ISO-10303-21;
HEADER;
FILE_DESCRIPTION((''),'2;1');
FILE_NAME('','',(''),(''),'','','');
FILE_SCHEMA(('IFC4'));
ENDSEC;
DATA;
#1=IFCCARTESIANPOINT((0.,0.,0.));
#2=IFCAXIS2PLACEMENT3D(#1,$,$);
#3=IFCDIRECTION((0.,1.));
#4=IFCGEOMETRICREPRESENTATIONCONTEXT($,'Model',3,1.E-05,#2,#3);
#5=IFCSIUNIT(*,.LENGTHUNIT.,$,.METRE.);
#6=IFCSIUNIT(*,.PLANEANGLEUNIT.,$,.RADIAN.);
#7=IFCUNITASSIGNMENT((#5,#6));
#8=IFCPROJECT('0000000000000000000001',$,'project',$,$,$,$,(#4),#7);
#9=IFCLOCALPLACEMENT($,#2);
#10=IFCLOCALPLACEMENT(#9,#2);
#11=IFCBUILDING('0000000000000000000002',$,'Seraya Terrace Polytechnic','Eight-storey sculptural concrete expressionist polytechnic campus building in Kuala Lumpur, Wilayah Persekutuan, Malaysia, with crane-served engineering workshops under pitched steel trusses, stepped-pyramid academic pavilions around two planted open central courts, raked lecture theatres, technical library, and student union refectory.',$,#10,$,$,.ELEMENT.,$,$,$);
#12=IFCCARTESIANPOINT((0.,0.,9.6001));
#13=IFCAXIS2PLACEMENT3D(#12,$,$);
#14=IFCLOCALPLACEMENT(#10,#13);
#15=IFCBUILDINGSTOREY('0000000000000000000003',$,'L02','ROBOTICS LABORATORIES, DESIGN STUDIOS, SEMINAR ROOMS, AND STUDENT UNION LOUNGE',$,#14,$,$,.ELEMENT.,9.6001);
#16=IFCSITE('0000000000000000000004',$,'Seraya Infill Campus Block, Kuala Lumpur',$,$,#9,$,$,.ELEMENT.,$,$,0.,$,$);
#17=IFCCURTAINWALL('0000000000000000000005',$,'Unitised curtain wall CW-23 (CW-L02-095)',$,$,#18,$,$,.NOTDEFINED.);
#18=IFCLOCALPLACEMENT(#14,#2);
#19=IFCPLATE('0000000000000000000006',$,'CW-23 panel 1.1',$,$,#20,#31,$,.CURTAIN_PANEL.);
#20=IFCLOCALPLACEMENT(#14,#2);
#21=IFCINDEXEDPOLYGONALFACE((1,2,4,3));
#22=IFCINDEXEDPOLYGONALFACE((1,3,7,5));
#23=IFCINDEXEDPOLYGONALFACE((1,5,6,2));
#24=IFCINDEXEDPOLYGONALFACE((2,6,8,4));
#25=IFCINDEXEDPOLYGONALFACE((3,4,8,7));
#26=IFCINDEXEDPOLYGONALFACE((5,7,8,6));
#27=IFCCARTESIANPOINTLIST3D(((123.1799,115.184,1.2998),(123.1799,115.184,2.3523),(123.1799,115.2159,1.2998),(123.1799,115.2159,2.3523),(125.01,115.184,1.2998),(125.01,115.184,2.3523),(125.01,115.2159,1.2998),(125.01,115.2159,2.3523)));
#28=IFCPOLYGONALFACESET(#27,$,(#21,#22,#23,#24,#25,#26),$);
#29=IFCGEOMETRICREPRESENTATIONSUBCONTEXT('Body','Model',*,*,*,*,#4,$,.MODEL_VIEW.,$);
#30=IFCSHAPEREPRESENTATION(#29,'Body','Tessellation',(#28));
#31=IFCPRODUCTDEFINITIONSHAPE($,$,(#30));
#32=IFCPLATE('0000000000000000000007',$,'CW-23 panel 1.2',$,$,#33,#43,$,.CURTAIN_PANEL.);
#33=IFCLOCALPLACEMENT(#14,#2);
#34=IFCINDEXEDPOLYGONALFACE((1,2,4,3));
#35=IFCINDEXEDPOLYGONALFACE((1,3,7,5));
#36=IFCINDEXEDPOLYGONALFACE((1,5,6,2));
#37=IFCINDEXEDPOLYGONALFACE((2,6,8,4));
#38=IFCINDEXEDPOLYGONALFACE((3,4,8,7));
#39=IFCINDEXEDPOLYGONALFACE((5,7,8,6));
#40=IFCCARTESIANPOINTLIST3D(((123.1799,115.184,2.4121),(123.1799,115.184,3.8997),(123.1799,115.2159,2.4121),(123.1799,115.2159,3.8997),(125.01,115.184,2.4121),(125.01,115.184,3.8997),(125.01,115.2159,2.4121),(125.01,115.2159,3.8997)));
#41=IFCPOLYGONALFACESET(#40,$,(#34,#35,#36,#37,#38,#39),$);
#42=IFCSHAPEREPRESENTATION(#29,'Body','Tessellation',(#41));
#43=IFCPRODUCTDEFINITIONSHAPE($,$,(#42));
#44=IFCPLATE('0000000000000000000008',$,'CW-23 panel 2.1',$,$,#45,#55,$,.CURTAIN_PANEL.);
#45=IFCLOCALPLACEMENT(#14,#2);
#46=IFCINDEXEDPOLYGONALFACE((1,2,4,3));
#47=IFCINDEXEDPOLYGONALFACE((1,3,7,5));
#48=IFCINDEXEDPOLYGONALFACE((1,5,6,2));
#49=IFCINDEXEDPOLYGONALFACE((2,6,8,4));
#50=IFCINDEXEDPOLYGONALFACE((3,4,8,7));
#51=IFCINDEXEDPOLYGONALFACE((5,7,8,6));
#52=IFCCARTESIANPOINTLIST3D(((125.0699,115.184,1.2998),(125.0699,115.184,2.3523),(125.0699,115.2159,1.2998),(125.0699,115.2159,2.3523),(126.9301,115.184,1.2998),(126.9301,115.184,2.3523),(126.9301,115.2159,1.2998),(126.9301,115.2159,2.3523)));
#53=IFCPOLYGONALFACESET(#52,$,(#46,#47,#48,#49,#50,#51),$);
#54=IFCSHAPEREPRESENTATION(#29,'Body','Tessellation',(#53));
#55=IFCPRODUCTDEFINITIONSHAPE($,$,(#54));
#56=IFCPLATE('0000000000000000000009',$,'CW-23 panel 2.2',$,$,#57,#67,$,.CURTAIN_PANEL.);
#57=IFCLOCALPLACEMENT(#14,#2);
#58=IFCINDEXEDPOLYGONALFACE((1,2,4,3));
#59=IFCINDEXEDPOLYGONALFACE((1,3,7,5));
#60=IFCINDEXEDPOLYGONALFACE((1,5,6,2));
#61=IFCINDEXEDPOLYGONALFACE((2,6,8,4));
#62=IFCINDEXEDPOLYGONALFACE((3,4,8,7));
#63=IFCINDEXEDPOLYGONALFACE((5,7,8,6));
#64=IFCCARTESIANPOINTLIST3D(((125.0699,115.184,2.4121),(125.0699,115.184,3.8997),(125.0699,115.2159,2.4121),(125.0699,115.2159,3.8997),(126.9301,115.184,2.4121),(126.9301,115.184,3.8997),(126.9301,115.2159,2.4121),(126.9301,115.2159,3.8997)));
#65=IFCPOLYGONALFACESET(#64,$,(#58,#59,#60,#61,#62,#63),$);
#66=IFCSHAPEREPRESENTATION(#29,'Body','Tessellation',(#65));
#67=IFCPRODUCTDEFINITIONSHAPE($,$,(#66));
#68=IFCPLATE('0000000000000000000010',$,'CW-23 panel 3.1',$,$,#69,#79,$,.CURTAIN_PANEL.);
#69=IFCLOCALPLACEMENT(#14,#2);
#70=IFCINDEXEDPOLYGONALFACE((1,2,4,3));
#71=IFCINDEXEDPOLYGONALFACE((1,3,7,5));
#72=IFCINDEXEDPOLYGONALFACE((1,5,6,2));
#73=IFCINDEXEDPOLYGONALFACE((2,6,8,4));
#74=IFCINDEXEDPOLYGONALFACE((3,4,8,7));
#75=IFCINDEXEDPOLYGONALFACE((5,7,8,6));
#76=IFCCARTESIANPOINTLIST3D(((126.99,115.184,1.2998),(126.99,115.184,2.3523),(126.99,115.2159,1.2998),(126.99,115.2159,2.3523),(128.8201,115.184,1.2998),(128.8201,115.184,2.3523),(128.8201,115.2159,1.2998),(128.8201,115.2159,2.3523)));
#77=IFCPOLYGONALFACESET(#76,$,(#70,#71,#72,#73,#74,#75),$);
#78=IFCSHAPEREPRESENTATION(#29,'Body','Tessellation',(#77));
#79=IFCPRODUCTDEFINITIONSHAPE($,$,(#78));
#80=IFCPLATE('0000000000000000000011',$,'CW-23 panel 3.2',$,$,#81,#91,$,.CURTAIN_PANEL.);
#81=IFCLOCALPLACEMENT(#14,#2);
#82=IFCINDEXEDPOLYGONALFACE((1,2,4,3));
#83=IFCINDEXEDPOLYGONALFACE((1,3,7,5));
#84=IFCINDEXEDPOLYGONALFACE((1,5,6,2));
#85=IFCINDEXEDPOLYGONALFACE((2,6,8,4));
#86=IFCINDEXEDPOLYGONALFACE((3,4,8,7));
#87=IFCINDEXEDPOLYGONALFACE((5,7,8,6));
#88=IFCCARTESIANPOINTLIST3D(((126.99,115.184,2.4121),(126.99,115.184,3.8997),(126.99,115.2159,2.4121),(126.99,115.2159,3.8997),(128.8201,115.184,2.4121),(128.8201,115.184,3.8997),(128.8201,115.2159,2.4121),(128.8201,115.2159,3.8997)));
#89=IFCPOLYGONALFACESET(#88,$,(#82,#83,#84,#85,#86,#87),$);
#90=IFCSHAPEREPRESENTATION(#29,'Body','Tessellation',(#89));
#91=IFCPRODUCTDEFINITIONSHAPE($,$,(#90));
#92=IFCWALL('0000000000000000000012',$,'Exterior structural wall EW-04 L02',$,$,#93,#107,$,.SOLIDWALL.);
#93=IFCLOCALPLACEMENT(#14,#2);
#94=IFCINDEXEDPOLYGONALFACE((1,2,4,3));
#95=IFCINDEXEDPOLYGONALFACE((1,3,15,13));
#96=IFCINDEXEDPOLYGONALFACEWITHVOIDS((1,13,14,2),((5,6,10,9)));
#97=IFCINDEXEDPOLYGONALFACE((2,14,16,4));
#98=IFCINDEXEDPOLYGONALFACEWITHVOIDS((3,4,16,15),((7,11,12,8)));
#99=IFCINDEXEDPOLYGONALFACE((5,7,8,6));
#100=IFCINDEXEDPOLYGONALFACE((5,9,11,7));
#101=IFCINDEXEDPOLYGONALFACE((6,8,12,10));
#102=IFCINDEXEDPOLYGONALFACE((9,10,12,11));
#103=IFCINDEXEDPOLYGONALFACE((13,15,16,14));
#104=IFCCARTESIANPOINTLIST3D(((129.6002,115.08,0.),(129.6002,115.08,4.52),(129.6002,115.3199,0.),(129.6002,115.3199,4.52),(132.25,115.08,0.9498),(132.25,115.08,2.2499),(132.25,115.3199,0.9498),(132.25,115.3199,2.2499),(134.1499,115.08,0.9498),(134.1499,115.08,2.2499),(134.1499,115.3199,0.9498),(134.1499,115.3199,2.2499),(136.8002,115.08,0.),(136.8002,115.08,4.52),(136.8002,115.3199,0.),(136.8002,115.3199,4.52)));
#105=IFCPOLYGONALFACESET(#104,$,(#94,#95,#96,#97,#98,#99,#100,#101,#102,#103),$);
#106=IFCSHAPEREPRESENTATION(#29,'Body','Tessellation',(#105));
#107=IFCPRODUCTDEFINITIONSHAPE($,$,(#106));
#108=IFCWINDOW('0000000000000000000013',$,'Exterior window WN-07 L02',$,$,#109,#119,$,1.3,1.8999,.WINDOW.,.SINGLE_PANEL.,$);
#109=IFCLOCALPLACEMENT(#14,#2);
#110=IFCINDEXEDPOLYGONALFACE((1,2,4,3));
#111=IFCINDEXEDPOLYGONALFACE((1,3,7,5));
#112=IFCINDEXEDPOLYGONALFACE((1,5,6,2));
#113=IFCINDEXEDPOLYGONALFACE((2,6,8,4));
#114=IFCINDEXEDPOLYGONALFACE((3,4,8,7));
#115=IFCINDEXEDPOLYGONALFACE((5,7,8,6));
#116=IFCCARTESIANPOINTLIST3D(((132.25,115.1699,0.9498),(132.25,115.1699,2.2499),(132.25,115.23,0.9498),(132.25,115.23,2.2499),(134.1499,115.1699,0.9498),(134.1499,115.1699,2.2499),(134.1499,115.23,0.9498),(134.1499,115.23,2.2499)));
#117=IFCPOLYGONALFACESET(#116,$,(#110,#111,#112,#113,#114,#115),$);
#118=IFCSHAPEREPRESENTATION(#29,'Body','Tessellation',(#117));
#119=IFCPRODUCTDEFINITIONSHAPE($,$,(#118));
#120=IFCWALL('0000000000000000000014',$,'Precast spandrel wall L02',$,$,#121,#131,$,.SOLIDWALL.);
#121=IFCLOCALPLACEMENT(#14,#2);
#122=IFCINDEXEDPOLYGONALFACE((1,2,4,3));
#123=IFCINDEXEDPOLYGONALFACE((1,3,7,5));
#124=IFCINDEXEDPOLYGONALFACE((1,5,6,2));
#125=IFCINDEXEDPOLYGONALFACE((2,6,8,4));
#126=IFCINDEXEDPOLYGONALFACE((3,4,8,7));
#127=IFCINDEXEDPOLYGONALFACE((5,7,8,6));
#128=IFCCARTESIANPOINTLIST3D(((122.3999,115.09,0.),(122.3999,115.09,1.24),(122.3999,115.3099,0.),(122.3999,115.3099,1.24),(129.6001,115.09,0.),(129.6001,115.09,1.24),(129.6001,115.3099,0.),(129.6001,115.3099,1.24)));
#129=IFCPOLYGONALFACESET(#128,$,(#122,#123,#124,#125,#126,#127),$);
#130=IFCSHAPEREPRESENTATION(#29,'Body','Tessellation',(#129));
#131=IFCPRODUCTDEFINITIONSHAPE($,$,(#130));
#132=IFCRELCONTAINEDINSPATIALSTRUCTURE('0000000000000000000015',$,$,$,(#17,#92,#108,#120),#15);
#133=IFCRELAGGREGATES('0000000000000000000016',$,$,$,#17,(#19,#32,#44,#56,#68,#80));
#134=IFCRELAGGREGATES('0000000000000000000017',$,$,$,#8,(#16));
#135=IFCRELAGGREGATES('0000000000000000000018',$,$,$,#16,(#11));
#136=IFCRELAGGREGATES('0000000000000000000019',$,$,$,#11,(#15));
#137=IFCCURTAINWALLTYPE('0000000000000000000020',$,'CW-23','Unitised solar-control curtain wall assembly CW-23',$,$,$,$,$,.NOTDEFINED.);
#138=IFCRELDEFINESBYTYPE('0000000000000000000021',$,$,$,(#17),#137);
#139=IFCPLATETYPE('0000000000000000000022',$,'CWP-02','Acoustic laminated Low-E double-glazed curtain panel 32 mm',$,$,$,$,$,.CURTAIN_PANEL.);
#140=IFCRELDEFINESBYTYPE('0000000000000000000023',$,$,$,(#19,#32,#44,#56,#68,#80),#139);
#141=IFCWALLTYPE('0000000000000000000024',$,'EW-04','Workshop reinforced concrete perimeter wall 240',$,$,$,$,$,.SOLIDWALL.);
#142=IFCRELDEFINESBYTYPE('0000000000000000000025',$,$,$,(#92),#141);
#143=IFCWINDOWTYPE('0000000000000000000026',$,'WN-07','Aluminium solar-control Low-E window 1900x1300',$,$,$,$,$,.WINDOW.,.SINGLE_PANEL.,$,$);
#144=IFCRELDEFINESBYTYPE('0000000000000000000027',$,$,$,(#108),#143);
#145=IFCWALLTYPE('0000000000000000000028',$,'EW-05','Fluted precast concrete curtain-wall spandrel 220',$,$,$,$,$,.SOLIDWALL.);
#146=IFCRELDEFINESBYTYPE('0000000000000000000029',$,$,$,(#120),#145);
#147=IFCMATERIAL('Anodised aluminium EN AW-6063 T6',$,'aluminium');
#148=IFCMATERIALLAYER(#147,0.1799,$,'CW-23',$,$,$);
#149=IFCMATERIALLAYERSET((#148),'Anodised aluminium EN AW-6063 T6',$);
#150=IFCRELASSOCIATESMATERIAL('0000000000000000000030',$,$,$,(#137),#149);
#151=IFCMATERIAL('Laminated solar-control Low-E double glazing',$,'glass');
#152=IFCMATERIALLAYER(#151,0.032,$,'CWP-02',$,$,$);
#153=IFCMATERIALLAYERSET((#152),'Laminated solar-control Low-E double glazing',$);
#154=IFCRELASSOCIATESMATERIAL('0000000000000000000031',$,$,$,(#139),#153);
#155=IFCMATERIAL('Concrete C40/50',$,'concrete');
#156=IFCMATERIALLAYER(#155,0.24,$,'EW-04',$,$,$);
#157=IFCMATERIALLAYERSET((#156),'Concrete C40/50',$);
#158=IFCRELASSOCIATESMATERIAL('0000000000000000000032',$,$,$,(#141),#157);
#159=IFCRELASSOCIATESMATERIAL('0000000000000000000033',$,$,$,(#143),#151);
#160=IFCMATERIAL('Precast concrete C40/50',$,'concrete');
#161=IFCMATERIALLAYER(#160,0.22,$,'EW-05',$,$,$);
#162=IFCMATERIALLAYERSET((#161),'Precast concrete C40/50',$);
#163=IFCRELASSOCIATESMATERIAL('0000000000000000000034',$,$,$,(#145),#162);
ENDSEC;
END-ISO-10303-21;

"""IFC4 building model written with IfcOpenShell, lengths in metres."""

from ifc_helpers import new_model, si_unit, direction, frame, frame_2d, origin, origin_2d, place, context, subcontext, project, spatial, rectangle, extrude, material, layer, layer_set, type_object, element, fill, aggregate, save


model = new_model("IFC4")

# Units and contexts
model_context = context("Model", 3, precision=1e-05, world=origin(), true_north=direction((0.0, 1.0)))
body_context = subcontext(model_context, "Body", "Model", "MODEL_VIEW")
ifc_project = project(units=[si_unit("LENGTHUNIT", "METRE"), si_unit("PLANEANGLEUNIT", "RADIAN")], contexts=[model_context])

# Site, building, storey
site_placement = place(None, origin())
site = spatial("IfcSite", under=ifc_project, at=site_placement, Name="Seraya Infill Campus Block, Kuala Lumpur", CompositionType="ELEMENT", RefElevation=0.0)
building_placement = place(site_placement, origin())
building = spatial("IfcBuilding", under=site, at=building_placement, Name="Seraya Terrace Polytechnic", Description="Eight-storey sculptural concrete expressionist polytechnic campus building in Kuala Lumpur, Wilayah Persekutuan, Malaysia, with crane-served engineering workshops under pitched steel trusses, stepped-pyramid academic pavilions around two planted open central courts, raked lecture theatres, technical library, and student union refectory.", CompositionType="ELEMENT")
storey_placement = place(building_placement, frame((0.0, 0.0, 9.6001)))
storey = spatial("IfcBuildingStorey", under=building, at=storey_placement, Name="L02", Description="ROBOTICS LABORATORIES, DESIGN STUDIOS, SEMINAR ROOMS, AND STUDENT UNION LOUNGE", CompositionType="ELEMENT", Elevation=9.6001)

# Shared definitions
ifc_material_1 = material(Name="Concrete C40/50", Category="concrete")

# Curtain wall
ifc_material_2 = material(Name="Anodised aluminium EN AW-6063 T6", Category="aluminium")
ifc_layer_1 = layer(ifc_material_2, 0.1799, Name="CW-23")
ifc_layer_set_1 = layer_set([ifc_layer_1], Name="Anodised aluminium EN AW-6063 T6")
curtain_wall_type = type_object("IfcCurtainWallType", Name="CW-23", Description="Unitised solar-control curtain wall assembly CW-23", PredefinedType="NOTDEFINED", material=ifc_layer_set_1)
curtain_wall_placement = place(storey_placement, origin())
curtain_wall = element("IfcCurtainWall", 1, at=curtain_wall_placement, inside=storey, type_object=curtain_wall_type, Name="Unitised curtain wall CW-23 (CW-L02-095)", PredefinedType="NOTDEFINED")

# Plates
ifc_material_3 = material(Name="Laminated solar-control Low-E double glazing", Category="glass")
ifc_layer_2 = layer(ifc_material_3, 0.032, Name="CWP-02")
ifc_layer_set_2 = layer_set([ifc_layer_2], Name="Laminated solar-control Low-E double glazing")
plate_type = type_object("IfcPlateType", Name="CWP-02", Description="Acoustic laminated Low-E double-glazed curtain panel 32 mm", PredefinedType="CURTAIN_PANEL", material=ifc_layer_set_2)
plate_1_placement = place(storey_placement, frame((124.095, 115.2, 1.2998), z_axis=(0.0, 0.0, 1.0), x_axis=(1.0, 0.0, 0.0)))
plate_1 = element("IfcPlate", 2, at=plate_1_placement, type_object=plate_type, Name="CW-23 panel 1.1", PredefinedType="CURTAIN_PANEL", context=body_context, shape_type="SweptSolid", body=[
    extrude(rectangle(XDim=1.8301, YDim=0.032, at=origin_2d()), origin(), (0.0, 0.0, 1.0), 1.0525),
])
plate_2_placement = place(storey_placement, frame((124.095, 115.2, 2.4121), z_axis=(0.0, 0.0, 1.0), x_axis=(1.0, 0.0, 0.0)))
plate_2 = element("IfcPlate", 3, at=plate_2_placement, type_object=plate_type, Name="CW-23 panel 1.2", PredefinedType="CURTAIN_PANEL", context=body_context, shape_type="SweptSolid", body=[
    extrude(rectangle(XDim=1.8301, YDim=0.032, at=origin_2d()), origin(), (0.0, 0.0, 1.0), 1.4875),
])
plate_3_placement = place(storey_placement, frame((126.0, 115.2, 1.2998), z_axis=(0.0, 0.0, 1.0), x_axis=(1.0, 0.0, 0.0)))
plate_3 = element("IfcPlate", 4, at=plate_3_placement, type_object=plate_type, Name="CW-23 panel 2.1", PredefinedType="CURTAIN_PANEL", context=body_context, shape_type="SweptSolid", body=[
    extrude(rectangle(XDim=1.8601, YDim=0.032, at=origin_2d()), origin(), (0.0, 0.0, 1.0), 1.0525),
])
plate_4_placement = place(storey_placement, frame((126.0, 115.2, 2.4121), z_axis=(0.0, 0.0, 1.0), x_axis=(1.0, 0.0, 0.0)))
plate_4 = element("IfcPlate", 5, at=plate_4_placement, type_object=plate_type, Name="CW-23 panel 2.2", PredefinedType="CURTAIN_PANEL", context=body_context, shape_type="SweptSolid", body=[
    extrude(rectangle(XDim=1.8601, YDim=0.032, at=origin_2d()), origin(), (0.0, 0.0, 1.0), 1.4875),
])
plate_5_placement = place(storey_placement, frame((127.905, 115.2, 1.2998), z_axis=(0.0, 0.0, 1.0), x_axis=(1.0, 0.0, 0.0)))
plate_5 = element("IfcPlate", 6, at=plate_5_placement, type_object=plate_type, Name="CW-23 panel 3.1", PredefinedType="CURTAIN_PANEL", context=body_context, shape_type="SweptSolid", body=[
    extrude(rectangle(XDim=1.8301, YDim=0.032, at=origin_2d()), origin(), (0.0, 0.0, 1.0), 1.0525),
])
plate_6_placement = place(storey_placement, frame((127.905, 115.2, 2.4121), z_axis=(0.0, 0.0, 1.0), x_axis=(1.0, 0.0, 0.0)))
plate_6 = element("IfcPlate", 7, at=plate_6_placement, type_object=plate_type, Name="CW-23 panel 3.2", PredefinedType="CURTAIN_PANEL", context=body_context, shape_type="SweptSolid", body=[
    extrude(rectangle(XDim=1.8301, YDim=0.032, at=origin_2d()), origin(), (0.0, 0.0, 1.0), 1.4875),
])
aggregate(curtain_wall, [plate_1, plate_2, plate_3, plate_4, plate_5, plate_6])

# Wall, opening, window
ifc_layer_3 = layer(ifc_material_1, 0.24, Name="EW-04")
ifc_layer_set_3 = layer_set([ifc_layer_3], Name="Concrete C40/50")
wall_type_1 = type_object("IfcWallType", Name="EW-04", Description="Workshop reinforced concrete perimeter wall 240", PredefinedType="SOLIDWALL", material=ifc_layer_set_3)
wall_1_placement = place(storey_placement, frame((129.6001, 115.2, 0.0), z_axis=(0.0, 0.0, 1.0), x_axis=(1.0, 0.0, 0.0)))
wall_1 = element("IfcWall", 8, at=wall_1_placement, inside=storey, type_object=wall_type_1, Name="Exterior structural wall EW-04 L02", PredefinedType="SOLIDWALL", context=body_context, shape_type="SweptSolid", body=[
    extrude(rectangle(XDim=7.2, YDim=0.24, at=frame_2d((3.6001, 0.0))), origin(), (0.0, 0.0, 1.0), 4.52),
])
opening_placement = place(wall_1_placement, frame((2.6499, 0.0, 0.95)))
opening = element("IfcOpeningElement", 9, at=opening_placement, cuts=wall_1, PredefinedType="OPENING", context=body_context, shape_type="SweptSolid", body=[
    extrude(rectangle(XDim=1.8999, YDim=1.3, at=frame_2d((0.95, 0.6499))), frame((0.0, 0.1318, 0.0), z_axis=(0.0, -1.0, 0.0), x_axis=(1.0, 0.0, 0.0)), (0.0, 0.0, 1.0), 0.2639),
])
window_type = type_object("IfcWindowType", Name="WN-07", Description="Aluminium solar-control Low-E window 1900x1300", PartitioningType="SINGLE_PANEL", PredefinedType="WINDOW", material=ifc_material_3)
window_placement = place(opening_placement, origin())
window = element("IfcWindow", 10, at=window_placement, inside=storey, type_object=window_type, Name="Exterior window WN-07 L02", OverallHeight=1.3, OverallWidth=1.8999, PartitioningType="SINGLE_PANEL", PredefinedType="WINDOW", context=body_context, shape_type="SweptSolid", body=[
    extrude(rectangle(XDim=1.8999, YDim=1.3, at=frame_2d((0.95, 0.6499))), frame((0.0, 0.03, 0.0), z_axis=(0.0, -1.0, 0.0), x_axis=(1.0, 0.0, 0.0)), (0.0, 0.0, 1.0), 0.0601),
])
fill(opening, window)

# Wall
ifc_material_4 = material(Name="Precast concrete C40/50", Category="concrete")
ifc_layer_4 = layer(ifc_material_4, 0.22, Name="EW-05")
ifc_layer_set_4 = layer_set([ifc_layer_4], Name="Precast concrete C40/50")
wall_type_2 = type_object("IfcWallType", Name="EW-05", Description="Fluted precast concrete curtain-wall spandrel 220", PredefinedType="SOLIDWALL", material=ifc_layer_set_4)
wall_2_placement = place(storey_placement, frame((122.3999, 115.2, 0.0), z_axis=(0.0, 0.0, 1.0), x_axis=(1.0, 0.0, 0.0)))
element("IfcWall", 11, at=wall_2_placement, inside=storey, type_object=wall_type_2, Name="Precast spandrel wall L02", PredefinedType="SOLIDWALL", context=body_context, shape_type="SweptSolid", body=[
    extrude(rectangle(XDim=7.2002, YDim=0.22, at=frame_2d((3.6001, 0.0))), origin(), (0.0, 0.0, 1.0), 1.24),
])

save(model, "model.ifc")
